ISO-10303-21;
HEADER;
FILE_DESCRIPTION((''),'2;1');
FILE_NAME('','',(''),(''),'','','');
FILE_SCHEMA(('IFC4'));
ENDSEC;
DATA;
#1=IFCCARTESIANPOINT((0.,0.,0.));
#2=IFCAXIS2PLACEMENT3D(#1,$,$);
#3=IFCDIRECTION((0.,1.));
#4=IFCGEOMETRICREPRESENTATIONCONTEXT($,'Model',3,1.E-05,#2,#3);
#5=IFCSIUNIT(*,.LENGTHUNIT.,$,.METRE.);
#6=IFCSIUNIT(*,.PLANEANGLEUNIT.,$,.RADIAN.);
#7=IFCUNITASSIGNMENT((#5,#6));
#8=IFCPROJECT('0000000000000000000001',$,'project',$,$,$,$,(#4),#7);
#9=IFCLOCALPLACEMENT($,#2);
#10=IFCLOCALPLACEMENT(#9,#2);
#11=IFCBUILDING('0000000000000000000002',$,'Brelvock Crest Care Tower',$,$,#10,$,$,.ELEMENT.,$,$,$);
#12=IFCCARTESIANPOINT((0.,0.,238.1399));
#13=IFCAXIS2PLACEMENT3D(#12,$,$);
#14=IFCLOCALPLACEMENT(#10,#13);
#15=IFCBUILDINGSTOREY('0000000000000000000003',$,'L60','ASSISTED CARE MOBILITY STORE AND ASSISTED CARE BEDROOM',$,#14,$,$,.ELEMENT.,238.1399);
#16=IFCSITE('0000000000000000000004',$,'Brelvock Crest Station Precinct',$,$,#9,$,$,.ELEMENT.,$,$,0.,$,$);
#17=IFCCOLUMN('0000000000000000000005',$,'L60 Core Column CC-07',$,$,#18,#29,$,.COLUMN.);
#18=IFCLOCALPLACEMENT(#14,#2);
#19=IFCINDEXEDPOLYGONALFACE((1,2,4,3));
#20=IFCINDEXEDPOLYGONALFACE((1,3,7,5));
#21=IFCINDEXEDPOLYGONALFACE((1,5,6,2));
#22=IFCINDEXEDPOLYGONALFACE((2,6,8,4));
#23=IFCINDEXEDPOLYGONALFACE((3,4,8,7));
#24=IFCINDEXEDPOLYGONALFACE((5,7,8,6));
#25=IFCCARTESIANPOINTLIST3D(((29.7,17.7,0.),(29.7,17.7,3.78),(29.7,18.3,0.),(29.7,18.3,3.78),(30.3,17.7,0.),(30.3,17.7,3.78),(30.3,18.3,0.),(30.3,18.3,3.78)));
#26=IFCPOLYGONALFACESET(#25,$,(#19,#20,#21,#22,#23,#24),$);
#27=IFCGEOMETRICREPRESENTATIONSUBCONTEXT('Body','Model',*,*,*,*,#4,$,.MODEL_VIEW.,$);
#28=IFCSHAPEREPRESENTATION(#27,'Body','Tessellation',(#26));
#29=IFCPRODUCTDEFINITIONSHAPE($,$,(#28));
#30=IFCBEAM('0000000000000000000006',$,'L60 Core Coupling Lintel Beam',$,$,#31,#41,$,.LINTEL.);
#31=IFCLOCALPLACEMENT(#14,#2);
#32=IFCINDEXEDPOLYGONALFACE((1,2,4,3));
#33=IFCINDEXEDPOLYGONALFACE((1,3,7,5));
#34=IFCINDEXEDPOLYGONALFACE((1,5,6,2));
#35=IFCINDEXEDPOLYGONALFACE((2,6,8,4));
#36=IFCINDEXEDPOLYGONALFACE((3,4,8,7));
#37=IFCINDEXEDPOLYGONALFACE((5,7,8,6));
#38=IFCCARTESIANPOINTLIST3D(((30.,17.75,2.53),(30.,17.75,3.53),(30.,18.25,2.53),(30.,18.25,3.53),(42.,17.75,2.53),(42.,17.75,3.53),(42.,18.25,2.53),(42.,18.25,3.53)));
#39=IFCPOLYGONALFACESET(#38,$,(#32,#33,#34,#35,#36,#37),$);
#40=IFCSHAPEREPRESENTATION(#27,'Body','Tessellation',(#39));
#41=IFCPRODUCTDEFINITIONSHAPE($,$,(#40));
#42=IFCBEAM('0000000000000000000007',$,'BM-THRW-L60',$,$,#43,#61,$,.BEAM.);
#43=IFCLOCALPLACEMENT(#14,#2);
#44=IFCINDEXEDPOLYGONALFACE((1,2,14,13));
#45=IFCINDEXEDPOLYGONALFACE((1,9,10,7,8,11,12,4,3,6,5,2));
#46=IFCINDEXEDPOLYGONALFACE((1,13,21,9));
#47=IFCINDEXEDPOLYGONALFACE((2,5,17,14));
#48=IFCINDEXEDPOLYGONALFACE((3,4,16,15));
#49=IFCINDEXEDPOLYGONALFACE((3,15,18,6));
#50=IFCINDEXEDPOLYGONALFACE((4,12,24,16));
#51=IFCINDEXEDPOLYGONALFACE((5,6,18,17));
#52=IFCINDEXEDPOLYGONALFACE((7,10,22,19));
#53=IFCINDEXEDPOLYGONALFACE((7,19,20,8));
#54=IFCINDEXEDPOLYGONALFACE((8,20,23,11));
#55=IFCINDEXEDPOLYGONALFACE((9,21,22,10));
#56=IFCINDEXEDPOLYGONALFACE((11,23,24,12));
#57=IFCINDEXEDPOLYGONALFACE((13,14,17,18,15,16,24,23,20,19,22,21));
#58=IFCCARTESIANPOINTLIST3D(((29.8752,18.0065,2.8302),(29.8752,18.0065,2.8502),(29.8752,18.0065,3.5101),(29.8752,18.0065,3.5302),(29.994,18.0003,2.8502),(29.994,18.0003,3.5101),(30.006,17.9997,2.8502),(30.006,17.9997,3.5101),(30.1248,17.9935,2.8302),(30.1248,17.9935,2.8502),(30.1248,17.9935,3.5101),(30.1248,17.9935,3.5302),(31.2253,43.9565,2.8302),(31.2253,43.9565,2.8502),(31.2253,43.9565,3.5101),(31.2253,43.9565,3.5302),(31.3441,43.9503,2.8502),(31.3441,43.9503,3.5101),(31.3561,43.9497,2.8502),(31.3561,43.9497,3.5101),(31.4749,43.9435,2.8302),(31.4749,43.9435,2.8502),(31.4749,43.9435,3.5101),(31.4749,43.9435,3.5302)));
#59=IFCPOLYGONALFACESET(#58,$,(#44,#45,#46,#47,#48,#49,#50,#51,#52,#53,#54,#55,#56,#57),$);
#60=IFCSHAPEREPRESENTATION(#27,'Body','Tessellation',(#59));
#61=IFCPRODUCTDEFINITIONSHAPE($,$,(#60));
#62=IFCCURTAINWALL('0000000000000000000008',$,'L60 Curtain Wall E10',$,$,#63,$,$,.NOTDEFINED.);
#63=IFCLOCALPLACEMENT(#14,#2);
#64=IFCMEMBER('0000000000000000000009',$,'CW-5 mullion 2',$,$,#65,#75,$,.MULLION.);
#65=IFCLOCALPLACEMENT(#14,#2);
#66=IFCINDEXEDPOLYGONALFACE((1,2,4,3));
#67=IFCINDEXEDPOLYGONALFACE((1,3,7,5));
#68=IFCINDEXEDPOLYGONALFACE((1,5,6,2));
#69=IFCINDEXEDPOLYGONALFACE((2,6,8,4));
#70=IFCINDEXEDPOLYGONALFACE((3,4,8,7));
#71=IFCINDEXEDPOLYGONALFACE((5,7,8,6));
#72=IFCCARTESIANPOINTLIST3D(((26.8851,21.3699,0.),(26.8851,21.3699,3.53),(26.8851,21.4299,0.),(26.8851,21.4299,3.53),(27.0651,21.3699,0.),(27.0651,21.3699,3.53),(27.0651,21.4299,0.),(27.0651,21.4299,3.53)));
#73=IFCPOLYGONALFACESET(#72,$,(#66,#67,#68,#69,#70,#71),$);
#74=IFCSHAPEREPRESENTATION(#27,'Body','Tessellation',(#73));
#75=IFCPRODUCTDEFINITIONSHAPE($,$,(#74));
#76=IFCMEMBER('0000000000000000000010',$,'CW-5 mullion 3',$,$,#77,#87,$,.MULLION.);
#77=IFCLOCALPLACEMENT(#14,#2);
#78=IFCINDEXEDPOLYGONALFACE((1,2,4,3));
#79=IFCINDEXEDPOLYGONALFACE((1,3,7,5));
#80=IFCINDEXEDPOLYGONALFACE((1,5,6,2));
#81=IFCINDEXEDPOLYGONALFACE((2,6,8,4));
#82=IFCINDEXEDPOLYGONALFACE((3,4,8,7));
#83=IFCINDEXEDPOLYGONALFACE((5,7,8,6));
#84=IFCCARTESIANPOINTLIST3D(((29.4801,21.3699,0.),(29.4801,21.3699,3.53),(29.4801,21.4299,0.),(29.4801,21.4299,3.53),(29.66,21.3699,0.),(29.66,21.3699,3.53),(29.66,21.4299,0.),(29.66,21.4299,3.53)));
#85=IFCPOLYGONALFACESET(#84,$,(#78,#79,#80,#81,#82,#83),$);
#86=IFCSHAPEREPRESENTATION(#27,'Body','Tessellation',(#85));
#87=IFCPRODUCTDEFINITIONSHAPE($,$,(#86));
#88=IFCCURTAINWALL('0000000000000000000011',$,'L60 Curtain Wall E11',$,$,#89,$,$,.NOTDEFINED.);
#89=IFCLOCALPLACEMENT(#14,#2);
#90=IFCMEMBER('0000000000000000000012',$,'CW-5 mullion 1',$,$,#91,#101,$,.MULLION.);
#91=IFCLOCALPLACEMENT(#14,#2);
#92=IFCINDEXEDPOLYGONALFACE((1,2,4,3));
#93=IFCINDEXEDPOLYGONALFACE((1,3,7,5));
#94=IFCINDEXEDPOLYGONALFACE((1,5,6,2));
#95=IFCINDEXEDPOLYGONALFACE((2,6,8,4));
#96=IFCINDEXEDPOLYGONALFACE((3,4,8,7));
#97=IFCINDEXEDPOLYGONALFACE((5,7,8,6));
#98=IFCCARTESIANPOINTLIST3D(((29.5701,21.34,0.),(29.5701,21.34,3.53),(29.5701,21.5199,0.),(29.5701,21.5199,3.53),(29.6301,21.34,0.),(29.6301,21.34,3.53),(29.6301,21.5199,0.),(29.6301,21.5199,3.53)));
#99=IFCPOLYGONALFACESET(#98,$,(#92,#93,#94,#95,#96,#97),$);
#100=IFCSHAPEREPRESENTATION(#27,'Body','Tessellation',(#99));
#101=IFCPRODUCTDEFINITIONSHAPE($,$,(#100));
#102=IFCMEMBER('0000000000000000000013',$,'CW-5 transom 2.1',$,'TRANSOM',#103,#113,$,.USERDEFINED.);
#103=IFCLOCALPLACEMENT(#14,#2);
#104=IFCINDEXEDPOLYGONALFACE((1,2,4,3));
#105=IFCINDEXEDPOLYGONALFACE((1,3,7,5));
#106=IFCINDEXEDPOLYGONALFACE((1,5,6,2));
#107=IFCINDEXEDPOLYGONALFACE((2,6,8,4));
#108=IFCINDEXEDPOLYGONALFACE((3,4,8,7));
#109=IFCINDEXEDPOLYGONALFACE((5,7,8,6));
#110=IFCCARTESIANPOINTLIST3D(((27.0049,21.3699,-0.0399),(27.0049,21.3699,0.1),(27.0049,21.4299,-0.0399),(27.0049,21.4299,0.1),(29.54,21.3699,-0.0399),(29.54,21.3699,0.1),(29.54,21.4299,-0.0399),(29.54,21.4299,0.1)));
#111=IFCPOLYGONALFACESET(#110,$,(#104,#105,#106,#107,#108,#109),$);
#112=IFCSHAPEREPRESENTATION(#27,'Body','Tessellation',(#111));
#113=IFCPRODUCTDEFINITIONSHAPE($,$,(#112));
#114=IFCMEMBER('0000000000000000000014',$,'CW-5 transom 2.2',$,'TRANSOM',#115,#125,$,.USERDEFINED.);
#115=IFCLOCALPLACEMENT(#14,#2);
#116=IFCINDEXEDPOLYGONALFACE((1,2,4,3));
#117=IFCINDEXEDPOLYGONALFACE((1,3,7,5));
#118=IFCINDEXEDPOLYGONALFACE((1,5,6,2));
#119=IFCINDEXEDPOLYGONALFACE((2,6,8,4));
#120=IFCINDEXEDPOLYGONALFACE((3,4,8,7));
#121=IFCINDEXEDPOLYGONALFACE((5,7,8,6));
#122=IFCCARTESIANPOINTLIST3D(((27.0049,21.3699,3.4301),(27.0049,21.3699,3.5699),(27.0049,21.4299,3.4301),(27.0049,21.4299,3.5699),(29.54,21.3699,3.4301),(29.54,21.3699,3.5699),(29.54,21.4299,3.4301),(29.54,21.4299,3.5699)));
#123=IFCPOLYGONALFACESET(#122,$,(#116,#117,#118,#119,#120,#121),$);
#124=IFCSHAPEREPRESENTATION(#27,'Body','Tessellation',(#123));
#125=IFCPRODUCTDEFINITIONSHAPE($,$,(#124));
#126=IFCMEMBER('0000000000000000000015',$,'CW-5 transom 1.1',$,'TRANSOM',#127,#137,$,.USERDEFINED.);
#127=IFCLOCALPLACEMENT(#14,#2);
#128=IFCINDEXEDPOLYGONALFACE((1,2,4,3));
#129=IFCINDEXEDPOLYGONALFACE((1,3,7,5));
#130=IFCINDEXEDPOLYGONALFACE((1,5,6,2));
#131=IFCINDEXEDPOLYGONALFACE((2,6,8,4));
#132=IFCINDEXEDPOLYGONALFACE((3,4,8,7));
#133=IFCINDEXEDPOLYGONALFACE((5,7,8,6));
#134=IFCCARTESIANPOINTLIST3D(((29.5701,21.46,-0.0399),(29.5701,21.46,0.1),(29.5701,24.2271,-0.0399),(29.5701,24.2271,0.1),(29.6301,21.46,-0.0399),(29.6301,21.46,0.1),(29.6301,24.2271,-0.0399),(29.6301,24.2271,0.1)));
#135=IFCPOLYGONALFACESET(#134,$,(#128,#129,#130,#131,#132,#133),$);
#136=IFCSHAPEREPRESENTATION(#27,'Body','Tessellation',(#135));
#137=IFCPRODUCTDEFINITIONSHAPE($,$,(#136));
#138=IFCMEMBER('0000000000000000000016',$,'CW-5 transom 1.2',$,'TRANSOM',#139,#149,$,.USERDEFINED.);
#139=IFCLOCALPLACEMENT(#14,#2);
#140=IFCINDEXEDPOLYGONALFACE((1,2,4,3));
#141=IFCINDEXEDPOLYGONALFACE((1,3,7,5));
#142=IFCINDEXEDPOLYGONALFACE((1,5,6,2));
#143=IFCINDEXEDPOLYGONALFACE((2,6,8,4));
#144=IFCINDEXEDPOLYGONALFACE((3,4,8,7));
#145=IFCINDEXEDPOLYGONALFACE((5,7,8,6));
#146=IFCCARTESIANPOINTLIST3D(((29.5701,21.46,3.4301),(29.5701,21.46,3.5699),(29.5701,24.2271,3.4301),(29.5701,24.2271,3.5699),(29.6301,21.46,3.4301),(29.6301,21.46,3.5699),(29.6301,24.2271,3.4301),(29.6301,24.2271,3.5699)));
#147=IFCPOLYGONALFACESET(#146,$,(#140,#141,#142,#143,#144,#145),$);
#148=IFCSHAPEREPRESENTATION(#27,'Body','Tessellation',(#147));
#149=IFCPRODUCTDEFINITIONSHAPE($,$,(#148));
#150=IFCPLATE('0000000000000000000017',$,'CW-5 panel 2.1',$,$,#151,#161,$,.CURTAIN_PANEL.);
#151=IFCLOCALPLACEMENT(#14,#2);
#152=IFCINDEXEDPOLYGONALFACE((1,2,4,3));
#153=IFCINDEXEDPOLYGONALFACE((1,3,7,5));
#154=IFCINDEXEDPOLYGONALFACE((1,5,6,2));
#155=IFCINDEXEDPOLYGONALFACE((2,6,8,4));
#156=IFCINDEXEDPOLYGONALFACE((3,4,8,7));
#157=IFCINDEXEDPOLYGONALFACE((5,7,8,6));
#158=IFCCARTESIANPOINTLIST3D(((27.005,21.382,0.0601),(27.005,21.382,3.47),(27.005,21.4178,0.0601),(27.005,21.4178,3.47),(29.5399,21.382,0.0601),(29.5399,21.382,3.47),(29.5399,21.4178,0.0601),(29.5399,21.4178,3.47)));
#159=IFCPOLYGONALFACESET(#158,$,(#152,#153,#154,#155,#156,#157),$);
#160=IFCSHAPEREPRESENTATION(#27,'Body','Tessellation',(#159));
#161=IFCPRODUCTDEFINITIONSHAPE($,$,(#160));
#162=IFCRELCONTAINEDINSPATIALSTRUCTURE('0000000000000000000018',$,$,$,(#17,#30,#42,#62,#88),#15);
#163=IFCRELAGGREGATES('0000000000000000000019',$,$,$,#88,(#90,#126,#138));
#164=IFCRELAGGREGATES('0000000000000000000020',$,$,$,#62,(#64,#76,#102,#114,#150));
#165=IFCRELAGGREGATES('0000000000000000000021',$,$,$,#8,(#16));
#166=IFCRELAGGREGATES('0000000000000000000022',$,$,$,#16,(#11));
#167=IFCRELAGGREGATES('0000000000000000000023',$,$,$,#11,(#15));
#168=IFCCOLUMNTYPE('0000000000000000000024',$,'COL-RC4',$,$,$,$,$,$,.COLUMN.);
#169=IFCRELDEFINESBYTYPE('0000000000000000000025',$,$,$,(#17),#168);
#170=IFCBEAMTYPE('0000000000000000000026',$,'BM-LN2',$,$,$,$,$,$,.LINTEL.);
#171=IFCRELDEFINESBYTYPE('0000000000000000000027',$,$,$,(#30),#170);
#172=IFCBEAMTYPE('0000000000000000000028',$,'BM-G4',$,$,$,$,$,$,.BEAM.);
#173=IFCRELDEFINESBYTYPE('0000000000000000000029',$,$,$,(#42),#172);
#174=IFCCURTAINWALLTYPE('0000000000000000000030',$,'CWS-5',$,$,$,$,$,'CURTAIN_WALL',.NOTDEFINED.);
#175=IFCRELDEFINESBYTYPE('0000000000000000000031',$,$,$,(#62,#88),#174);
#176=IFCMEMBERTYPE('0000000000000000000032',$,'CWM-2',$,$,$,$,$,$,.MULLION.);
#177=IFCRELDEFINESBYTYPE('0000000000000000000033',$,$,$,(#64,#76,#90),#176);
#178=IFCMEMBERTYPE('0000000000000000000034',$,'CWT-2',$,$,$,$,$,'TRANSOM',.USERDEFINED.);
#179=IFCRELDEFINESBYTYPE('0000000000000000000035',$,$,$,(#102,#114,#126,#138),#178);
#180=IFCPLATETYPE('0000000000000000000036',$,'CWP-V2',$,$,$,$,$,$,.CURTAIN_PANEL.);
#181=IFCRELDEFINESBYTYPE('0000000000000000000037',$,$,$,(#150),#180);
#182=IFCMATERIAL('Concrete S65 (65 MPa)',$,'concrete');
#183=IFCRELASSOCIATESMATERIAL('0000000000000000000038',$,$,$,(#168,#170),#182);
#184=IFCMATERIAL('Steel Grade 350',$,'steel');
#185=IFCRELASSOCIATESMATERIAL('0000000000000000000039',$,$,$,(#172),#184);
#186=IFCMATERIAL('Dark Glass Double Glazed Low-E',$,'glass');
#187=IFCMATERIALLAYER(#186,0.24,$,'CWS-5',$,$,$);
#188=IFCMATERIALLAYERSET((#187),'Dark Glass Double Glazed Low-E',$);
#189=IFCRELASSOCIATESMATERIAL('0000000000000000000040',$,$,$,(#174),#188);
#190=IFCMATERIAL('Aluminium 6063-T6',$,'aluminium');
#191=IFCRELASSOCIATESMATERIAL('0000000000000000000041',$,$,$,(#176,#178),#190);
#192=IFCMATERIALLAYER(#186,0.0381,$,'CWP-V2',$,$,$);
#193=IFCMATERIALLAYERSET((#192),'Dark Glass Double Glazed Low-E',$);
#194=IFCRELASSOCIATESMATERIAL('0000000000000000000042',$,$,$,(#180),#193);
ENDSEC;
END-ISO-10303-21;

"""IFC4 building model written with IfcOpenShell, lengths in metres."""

from ifc_helpers import new_model, si_unit, direction, frame, origin, origin_2d, place, context, subcontext, project, spatial, rectangle, i_section, extrude, source, transform, mapped, material, layer, layer_set, material_profile, profile_set, type_object, element, aggregate, save


model = new_model("IFC4")

# Units and contexts
model_context = context("Model", 3, precision=1e-05, world=origin(), true_north=direction((0.0, 1.0)))
body_context = subcontext(model_context, "Body", "Model", "MODEL_VIEW")
ifc_project = project(units=[si_unit("LENGTHUNIT", "METRE"), si_unit("PLANEANGLEUNIT", "RADIAN")], contexts=[model_context])

# Site, building, storey
site_placement = place(None, origin())
site = spatial("IfcSite", under=ifc_project, at=site_placement, Name="Brelvock Crest Station Precinct", CompositionType="ELEMENT", RefElevation=0.0)
building_placement = place(site_placement, origin())
building = spatial("IfcBuilding", under=site, at=building_placement, Name="Brelvock Crest Care Tower", CompositionType="ELEMENT")
storey_placement = place(building_placement, frame((0.0, 0.0, 238.1399)))
storey = spatial("IfcBuildingStorey", under=building, at=storey_placement, Name="L60", Description="ASSISTED CARE MOBILITY STORE AND ASSISTED CARE BEDROOM", CompositionType="ELEMENT", Elevation=238.1399)

# Column
ifc_material_1 = material(Name="Concrete S65 (65 MPa)", Category="concrete")
ifc_material_profile_1 = material_profile(ifc_material_1, rectangle(XDim=0.6001, YDim=0.6001, at=origin_2d()), Name="RC600x600")
ifc_profile_set_1 = profile_set([ifc_material_profile_1], Name="Concrete S65 (65 MPa)")
column_type = type_object("IfcColumnType", Name="COL-RC4", PredefinedType="COLUMN", material=ifc_profile_set_1)
shared_shape_1 = source(origin(), body_context, "Body", "SweptSolid", [
    extrude(rectangle(XDim=0.6001, YDim=0.6001, at=origin_2d()), origin(), (0.0, 0.0, 1.0), 3.78),
])
column_placement = place(storey_placement, frame((30.0, 18.0, 0.0), z_axis=(0.0, 0.0, 1.0), x_axis=(1.0, 0.0, 0.0)))
element("IfcColumn", 1, at=column_placement, inside=storey, type_object=column_type, Name="L60 Core Column CC-07", PredefinedType="COLUMN", context=body_context, shape_type="MappedRepresentation", body=[
    mapped(shared_shape_1, transform((0.0, 0.0, 0.0), x_axis=(1.0, 0.0, 0.0), y_axis=(0.0, 1.0, 0.0), z_axis=(0.0, 0.0, 1.0), scale=1.0)),
])

# Beams
ifc_material_profile_2 = material_profile(ifc_material_1, rectangle(XDim=0.5, YDim=1.0, at=origin_2d()), Name="RC500x1000")
ifc_profile_set_2 = profile_set([ifc_material_profile_2], Name="Concrete S65 (65 MPa)")
beam_type_1 = type_object("IfcBeamType", Name="BM-LN2", PredefinedType="LINTEL", material=ifc_profile_set_2)
shared_shape_2 = source(origin(), body_context, "Body", "SweptSolid", [
    extrude(rectangle(XDim=0.5, YDim=1.0, at=origin_2d()), origin(), (0.0, 0.0, 1.0), 12.0),
])
beam_1_placement = place(storey_placement, frame((30.0, 18.0, 3.03), z_axis=(1.0, 0.0, 0.0), x_axis=(0.0, 1.0, 0.0)))
element("IfcBeam", 2, at=beam_1_placement, inside=storey, type_object=beam_type_1, Name="L60 Core Coupling Lintel Beam", PredefinedType="LINTEL", context=body_context, shape_type="MappedRepresentation", body=[
    mapped(shared_shape_2, transform((0.0, 0.0, 0.0), x_axis=(1.0, 0.0, 0.0), y_axis=(0.0, 1.0, 0.0), z_axis=(0.0, 0.0, 1.0), scale=1.0)),
])
ifc_material_2 = material(Name="Steel Grade 350", Category="steel")
ifc_material_profile_3 = material_profile(ifc_material_2, i_section(OverallWidth=0.25, OverallDepth=0.7, WebThickness=0.012, FlangeThickness=0.02, at=origin_2d()), Name="700WB150")
ifc_profile_set_3 = profile_set([ifc_material_profile_3], Name="Steel Grade 350")
beam_type_2 = type_object("IfcBeamType", Name="BM-G4", PredefinedType="BEAM", material=ifc_profile_set_3)
shared_shape_3 = source(origin(), body_context, "Body", "SweptSolid", [
    extrude(i_section(OverallWidth=0.25, OverallDepth=0.7, WebThickness=0.012, FlangeThickness=0.02, at=origin_2d()), origin(), (0.0, 0.0, 1.0), 25.9851),
])
beam_2_placement = place(storey_placement, frame((30.0, 18.0, 3.1802), z_axis=(0.051957, 0.998649, 0.0), x_axis=(-0.998649, 0.051957, 0.0)))
element("IfcBeam", 3, at=beam_2_placement, inside=storey, type_object=beam_type_2, Name="BM-THRW-L60", PredefinedType="BEAM", context=body_context, shape_type="MappedRepresentation", body=[
    mapped(shared_shape_3, transform((0.0, 0.0, 0.0), x_axis=(1.0, 0.0, 0.0), y_axis=(0.0, 1.0, 0.0), z_axis=(0.0, 0.0, 1.0), scale=1.0)),
])

# Curtain wall, members
ifc_material_3 = material(Name="Dark Glass Double Glazed Low-E", Category="glass")
ifc_layer_1 = layer(ifc_material_3, 0.24, Name="CWS-5")
ifc_layer_set_1 = layer_set([ifc_layer_1], Name="Dark Glass Double Glazed Low-E")
curtain_wall_type = type_object("IfcCurtainWallType", Name="CWS-5", ElementType="CURTAIN_WALL", PredefinedType="NOTDEFINED", material=ifc_layer_set_1)
curtain_wall_1_placement = place(storey_placement, origin())
curtain_wall_1 = element("IfcCurtainWall", 4, at=curtain_wall_1_placement, inside=storey, type_object=curtain_wall_type, Name="L60 Curtain Wall E10", PredefinedType="NOTDEFINED")
ifc_material_4 = material(Name="Aluminium 6063-T6", Category="aluminium")
ifc_material_profile_4 = material_profile(ifc_material_4, rectangle(XDim=0.0601, YDim=0.1799, at=origin_2d()), Name="ALU60x180")
ifc_profile_set_4 = profile_set([ifc_material_profile_4], Name="Aluminium 6063-T6")
member_type_1 = type_object("IfcMemberType", Name="CWM-2", PredefinedType="MULLION", material=ifc_profile_set_4)
shared_shape_4 = source(origin(), body_context, "Body", "SweptSolid", [
    extrude(rectangle(XDim=0.0601, YDim=0.1799, at=origin_2d()), origin(), (0.0, 0.0, 1.0), 3.53),
])
member_1_placement = place(storey_placement, frame((26.9751, 21.3999, 0.0), z_axis=(0.0, 0.0, 1.0), x_axis=(0.0, 1.0, 0.0)))
member_1 = element("IfcMember", 5, at=member_1_placement, type_object=member_type_1, Name="CW-5 mullion 2", PredefinedType="MULLION", context=body_context, shape_type="MappedRepresentation", body=[
    mapped(shared_shape_4, transform((0.0, 0.0, 0.0), x_axis=(1.0, 0.0, 0.0), y_axis=(0.0, 1.0, 0.0), z_axis=(0.0, 0.0, 1.0), scale=1.0)),
])
member_2_placement = place(storey_placement, frame((29.5701, 21.3999, 0.0), z_axis=(0.0, 0.0, 1.0), x_axis=(0.0, 1.0, 0.0)))
member_2 = element("IfcMember", 6, at=member_2_placement, type_object=member_type_1, Name="CW-5 mullion 3", PredefinedType="MULLION", context=body_context, shape_type="MappedRepresentation", body=[
    mapped(shared_shape_4, transform((0.0, 0.0, 0.0), x_axis=(1.0, 0.0, 0.0), y_axis=(0.0, 1.0, 0.0), z_axis=(0.0, 0.0, 1.0), scale=1.0)),
])

# Curtain wall, member
curtain_wall_2_placement = place(storey_placement, origin())
curtain_wall_2 = element("IfcCurtainWall", 7, at=curtain_wall_2_placement, inside=storey, type_object=curtain_wall_type, Name="L60 Curtain Wall E11", PredefinedType="NOTDEFINED")
member_3_placement = place(storey_placement, frame((29.6001, 21.4299, 0.0), z_axis=(0.0, 0.0, 1.0), x_axis=(-1.0, 0.0, 0.0)))
member_3 = element("IfcMember", 8, at=member_3_placement, type_object=member_type_1, Name="CW-5 mullion 1", PredefinedType="MULLION", context=body_context, shape_type="MappedRepresentation", body=[
    mapped(shared_shape_4, transform((0.0, 0.0, 0.0), x_axis=(1.0, 0.0, 0.0), y_axis=(0.0, 1.0, 0.0), z_axis=(0.0, 0.0, 1.0), scale=1.0)),
])

# Members
ifc_material_profile_5 = material_profile(ifc_material_4, rectangle(XDim=0.0601, YDim=0.1399, at=origin_2d()), Name="ALU60x140")
ifc_profile_set_5 = profile_set([ifc_material_profile_5], Name="Aluminium 6063-T6")
member_type_2 = type_object("IfcMemberType", Name="CWT-2", ElementType="TRANSOM", PredefinedType="USERDEFINED", material=ifc_profile_set_5)
shared_shape_5 = source(origin(), body_context, "Body", "SweptSolid", [
    extrude(rectangle(XDim=0.0601, YDim=0.1399, at=origin_2d()), origin(), (0.0, 0.0, 1.0), 2.5352),
])
member_4_placement = place(storey_placement, frame((27.0049, 21.3999, 0.03), z_axis=(1.0, 0.0, 0.0), x_axis=(0.0, 1.0, 0.0)))
member_4 = element("IfcMember", 9, at=member_4_placement, type_object=member_type_2, Name="CW-5 transom 2.1", ObjectType="TRANSOM", PredefinedType="USERDEFINED", context=body_context, shape_type="MappedRepresentation", body=[
    mapped(shared_shape_5, transform((0.0, 0.0, 0.0), x_axis=(1.0, 0.0, 0.0), y_axis=(0.0, 1.0, 0.0), z_axis=(0.0, 0.0, 1.0), scale=1.0)),
])
member_5_placement = place(storey_placement, frame((27.0049, 21.3999, 3.5), z_axis=(1.0, 0.0, 0.0), x_axis=(0.0, 1.0, 0.0)))
member_5 = element("IfcMember", 10, at=member_5_placement, type_object=member_type_2, Name="CW-5 transom 2.2", ObjectType="TRANSOM", PredefinedType="USERDEFINED", context=body_context, shape_type="MappedRepresentation", body=[
    mapped(shared_shape_5, transform((0.0, 0.0, 0.0), x_axis=(1.0, 0.0, 0.0), y_axis=(0.0, 1.0, 0.0), z_axis=(0.0, 0.0, 1.0), scale=1.0)),
])
shared_shape_6 = source(origin(), body_context, "Body", "SweptSolid", [
    extrude(rectangle(XDim=0.0601, YDim=0.1399, at=origin_2d()), origin(), (0.0, 0.0, 1.0), 2.7671),
])
member_6_placement = place(storey_placement, frame((29.6001, 21.46, 0.03), z_axis=(0.0, 1.0, 0.0), x_axis=(-1.0, 0.0, 0.0)))
member_6 = element("IfcMember", 11, at=member_6_placement, type_object=member_type_2, Name="CW-5 transom 1.1", ObjectType="TRANSOM", PredefinedType="USERDEFINED", context=body_context, shape_type="MappedRepresentation", body=[
    mapped(shared_shape_6, transform((0.0, 0.0, 0.0), x_axis=(1.0, 0.0, 0.0), y_axis=(0.0, 1.0, 0.0), z_axis=(0.0, 0.0, 1.0), scale=1.0)),
])
member_7_placement = place(storey_placement, frame((29.6001, 21.46, 3.5), z_axis=(0.0, 1.0, 0.0), x_axis=(-1.0, 0.0, 0.0)))
member_7 = element("IfcMember", 12, at=member_7_placement, type_object=member_type_2, Name="CW-5 transom 1.2", ObjectType="TRANSOM", PredefinedType="USERDEFINED", context=body_context, shape_type="MappedRepresentation", body=[
    mapped(shared_shape_6, transform((0.0, 0.0, 0.0), x_axis=(1.0, 0.0, 0.0), y_axis=(0.0, 1.0, 0.0), z_axis=(0.0, 0.0, 1.0), scale=1.0)),
])
aggregate(curtain_wall_2, [member_3, member_6, member_7])

# Plate
ifc_layer_2 = layer(ifc_material_3, 0.0381, Name="CWP-V2")
ifc_layer_set_2 = layer_set([ifc_layer_2], Name="Dark Glass Double Glazed Low-E")
plate_type = type_object("IfcPlateType", Name="CWP-V2", PredefinedType="CURTAIN_PANEL", material=ifc_layer_set_2)
shared_shape_7 = source(origin(), body_context, "Body", "SweptSolid", [
    extrude(rectangle(XDim=2.5349, YDim=0.0359, at=origin_2d()), origin(), (0.0, 0.0, 1.0), 3.4099),
])
plate_placement = place(storey_placement, frame((28.2725, 21.3999, 0.0601), z_axis=(0.0, 0.0, 1.0), x_axis=(1.0, 0.0, 0.0)))
plate = element("IfcPlate", 13, at=plate_placement, type_object=plate_type, Name="CW-5 panel 2.1", PredefinedType="CURTAIN_PANEL", context=body_context, shape_type="MappedRepresentation", body=[
    mapped(shared_shape_7, transform((0.0, 0.0, 0.0), x_axis=(1.0, 0.0, 0.0), y_axis=(0.0, 1.0, 0.0), z_axis=(0.0, 0.0, 1.0), scale=1.0)),
])
aggregate(curtain_wall_1, [member_1, member_2, member_4, member_5, plate])

save(model, "model.ifc")
